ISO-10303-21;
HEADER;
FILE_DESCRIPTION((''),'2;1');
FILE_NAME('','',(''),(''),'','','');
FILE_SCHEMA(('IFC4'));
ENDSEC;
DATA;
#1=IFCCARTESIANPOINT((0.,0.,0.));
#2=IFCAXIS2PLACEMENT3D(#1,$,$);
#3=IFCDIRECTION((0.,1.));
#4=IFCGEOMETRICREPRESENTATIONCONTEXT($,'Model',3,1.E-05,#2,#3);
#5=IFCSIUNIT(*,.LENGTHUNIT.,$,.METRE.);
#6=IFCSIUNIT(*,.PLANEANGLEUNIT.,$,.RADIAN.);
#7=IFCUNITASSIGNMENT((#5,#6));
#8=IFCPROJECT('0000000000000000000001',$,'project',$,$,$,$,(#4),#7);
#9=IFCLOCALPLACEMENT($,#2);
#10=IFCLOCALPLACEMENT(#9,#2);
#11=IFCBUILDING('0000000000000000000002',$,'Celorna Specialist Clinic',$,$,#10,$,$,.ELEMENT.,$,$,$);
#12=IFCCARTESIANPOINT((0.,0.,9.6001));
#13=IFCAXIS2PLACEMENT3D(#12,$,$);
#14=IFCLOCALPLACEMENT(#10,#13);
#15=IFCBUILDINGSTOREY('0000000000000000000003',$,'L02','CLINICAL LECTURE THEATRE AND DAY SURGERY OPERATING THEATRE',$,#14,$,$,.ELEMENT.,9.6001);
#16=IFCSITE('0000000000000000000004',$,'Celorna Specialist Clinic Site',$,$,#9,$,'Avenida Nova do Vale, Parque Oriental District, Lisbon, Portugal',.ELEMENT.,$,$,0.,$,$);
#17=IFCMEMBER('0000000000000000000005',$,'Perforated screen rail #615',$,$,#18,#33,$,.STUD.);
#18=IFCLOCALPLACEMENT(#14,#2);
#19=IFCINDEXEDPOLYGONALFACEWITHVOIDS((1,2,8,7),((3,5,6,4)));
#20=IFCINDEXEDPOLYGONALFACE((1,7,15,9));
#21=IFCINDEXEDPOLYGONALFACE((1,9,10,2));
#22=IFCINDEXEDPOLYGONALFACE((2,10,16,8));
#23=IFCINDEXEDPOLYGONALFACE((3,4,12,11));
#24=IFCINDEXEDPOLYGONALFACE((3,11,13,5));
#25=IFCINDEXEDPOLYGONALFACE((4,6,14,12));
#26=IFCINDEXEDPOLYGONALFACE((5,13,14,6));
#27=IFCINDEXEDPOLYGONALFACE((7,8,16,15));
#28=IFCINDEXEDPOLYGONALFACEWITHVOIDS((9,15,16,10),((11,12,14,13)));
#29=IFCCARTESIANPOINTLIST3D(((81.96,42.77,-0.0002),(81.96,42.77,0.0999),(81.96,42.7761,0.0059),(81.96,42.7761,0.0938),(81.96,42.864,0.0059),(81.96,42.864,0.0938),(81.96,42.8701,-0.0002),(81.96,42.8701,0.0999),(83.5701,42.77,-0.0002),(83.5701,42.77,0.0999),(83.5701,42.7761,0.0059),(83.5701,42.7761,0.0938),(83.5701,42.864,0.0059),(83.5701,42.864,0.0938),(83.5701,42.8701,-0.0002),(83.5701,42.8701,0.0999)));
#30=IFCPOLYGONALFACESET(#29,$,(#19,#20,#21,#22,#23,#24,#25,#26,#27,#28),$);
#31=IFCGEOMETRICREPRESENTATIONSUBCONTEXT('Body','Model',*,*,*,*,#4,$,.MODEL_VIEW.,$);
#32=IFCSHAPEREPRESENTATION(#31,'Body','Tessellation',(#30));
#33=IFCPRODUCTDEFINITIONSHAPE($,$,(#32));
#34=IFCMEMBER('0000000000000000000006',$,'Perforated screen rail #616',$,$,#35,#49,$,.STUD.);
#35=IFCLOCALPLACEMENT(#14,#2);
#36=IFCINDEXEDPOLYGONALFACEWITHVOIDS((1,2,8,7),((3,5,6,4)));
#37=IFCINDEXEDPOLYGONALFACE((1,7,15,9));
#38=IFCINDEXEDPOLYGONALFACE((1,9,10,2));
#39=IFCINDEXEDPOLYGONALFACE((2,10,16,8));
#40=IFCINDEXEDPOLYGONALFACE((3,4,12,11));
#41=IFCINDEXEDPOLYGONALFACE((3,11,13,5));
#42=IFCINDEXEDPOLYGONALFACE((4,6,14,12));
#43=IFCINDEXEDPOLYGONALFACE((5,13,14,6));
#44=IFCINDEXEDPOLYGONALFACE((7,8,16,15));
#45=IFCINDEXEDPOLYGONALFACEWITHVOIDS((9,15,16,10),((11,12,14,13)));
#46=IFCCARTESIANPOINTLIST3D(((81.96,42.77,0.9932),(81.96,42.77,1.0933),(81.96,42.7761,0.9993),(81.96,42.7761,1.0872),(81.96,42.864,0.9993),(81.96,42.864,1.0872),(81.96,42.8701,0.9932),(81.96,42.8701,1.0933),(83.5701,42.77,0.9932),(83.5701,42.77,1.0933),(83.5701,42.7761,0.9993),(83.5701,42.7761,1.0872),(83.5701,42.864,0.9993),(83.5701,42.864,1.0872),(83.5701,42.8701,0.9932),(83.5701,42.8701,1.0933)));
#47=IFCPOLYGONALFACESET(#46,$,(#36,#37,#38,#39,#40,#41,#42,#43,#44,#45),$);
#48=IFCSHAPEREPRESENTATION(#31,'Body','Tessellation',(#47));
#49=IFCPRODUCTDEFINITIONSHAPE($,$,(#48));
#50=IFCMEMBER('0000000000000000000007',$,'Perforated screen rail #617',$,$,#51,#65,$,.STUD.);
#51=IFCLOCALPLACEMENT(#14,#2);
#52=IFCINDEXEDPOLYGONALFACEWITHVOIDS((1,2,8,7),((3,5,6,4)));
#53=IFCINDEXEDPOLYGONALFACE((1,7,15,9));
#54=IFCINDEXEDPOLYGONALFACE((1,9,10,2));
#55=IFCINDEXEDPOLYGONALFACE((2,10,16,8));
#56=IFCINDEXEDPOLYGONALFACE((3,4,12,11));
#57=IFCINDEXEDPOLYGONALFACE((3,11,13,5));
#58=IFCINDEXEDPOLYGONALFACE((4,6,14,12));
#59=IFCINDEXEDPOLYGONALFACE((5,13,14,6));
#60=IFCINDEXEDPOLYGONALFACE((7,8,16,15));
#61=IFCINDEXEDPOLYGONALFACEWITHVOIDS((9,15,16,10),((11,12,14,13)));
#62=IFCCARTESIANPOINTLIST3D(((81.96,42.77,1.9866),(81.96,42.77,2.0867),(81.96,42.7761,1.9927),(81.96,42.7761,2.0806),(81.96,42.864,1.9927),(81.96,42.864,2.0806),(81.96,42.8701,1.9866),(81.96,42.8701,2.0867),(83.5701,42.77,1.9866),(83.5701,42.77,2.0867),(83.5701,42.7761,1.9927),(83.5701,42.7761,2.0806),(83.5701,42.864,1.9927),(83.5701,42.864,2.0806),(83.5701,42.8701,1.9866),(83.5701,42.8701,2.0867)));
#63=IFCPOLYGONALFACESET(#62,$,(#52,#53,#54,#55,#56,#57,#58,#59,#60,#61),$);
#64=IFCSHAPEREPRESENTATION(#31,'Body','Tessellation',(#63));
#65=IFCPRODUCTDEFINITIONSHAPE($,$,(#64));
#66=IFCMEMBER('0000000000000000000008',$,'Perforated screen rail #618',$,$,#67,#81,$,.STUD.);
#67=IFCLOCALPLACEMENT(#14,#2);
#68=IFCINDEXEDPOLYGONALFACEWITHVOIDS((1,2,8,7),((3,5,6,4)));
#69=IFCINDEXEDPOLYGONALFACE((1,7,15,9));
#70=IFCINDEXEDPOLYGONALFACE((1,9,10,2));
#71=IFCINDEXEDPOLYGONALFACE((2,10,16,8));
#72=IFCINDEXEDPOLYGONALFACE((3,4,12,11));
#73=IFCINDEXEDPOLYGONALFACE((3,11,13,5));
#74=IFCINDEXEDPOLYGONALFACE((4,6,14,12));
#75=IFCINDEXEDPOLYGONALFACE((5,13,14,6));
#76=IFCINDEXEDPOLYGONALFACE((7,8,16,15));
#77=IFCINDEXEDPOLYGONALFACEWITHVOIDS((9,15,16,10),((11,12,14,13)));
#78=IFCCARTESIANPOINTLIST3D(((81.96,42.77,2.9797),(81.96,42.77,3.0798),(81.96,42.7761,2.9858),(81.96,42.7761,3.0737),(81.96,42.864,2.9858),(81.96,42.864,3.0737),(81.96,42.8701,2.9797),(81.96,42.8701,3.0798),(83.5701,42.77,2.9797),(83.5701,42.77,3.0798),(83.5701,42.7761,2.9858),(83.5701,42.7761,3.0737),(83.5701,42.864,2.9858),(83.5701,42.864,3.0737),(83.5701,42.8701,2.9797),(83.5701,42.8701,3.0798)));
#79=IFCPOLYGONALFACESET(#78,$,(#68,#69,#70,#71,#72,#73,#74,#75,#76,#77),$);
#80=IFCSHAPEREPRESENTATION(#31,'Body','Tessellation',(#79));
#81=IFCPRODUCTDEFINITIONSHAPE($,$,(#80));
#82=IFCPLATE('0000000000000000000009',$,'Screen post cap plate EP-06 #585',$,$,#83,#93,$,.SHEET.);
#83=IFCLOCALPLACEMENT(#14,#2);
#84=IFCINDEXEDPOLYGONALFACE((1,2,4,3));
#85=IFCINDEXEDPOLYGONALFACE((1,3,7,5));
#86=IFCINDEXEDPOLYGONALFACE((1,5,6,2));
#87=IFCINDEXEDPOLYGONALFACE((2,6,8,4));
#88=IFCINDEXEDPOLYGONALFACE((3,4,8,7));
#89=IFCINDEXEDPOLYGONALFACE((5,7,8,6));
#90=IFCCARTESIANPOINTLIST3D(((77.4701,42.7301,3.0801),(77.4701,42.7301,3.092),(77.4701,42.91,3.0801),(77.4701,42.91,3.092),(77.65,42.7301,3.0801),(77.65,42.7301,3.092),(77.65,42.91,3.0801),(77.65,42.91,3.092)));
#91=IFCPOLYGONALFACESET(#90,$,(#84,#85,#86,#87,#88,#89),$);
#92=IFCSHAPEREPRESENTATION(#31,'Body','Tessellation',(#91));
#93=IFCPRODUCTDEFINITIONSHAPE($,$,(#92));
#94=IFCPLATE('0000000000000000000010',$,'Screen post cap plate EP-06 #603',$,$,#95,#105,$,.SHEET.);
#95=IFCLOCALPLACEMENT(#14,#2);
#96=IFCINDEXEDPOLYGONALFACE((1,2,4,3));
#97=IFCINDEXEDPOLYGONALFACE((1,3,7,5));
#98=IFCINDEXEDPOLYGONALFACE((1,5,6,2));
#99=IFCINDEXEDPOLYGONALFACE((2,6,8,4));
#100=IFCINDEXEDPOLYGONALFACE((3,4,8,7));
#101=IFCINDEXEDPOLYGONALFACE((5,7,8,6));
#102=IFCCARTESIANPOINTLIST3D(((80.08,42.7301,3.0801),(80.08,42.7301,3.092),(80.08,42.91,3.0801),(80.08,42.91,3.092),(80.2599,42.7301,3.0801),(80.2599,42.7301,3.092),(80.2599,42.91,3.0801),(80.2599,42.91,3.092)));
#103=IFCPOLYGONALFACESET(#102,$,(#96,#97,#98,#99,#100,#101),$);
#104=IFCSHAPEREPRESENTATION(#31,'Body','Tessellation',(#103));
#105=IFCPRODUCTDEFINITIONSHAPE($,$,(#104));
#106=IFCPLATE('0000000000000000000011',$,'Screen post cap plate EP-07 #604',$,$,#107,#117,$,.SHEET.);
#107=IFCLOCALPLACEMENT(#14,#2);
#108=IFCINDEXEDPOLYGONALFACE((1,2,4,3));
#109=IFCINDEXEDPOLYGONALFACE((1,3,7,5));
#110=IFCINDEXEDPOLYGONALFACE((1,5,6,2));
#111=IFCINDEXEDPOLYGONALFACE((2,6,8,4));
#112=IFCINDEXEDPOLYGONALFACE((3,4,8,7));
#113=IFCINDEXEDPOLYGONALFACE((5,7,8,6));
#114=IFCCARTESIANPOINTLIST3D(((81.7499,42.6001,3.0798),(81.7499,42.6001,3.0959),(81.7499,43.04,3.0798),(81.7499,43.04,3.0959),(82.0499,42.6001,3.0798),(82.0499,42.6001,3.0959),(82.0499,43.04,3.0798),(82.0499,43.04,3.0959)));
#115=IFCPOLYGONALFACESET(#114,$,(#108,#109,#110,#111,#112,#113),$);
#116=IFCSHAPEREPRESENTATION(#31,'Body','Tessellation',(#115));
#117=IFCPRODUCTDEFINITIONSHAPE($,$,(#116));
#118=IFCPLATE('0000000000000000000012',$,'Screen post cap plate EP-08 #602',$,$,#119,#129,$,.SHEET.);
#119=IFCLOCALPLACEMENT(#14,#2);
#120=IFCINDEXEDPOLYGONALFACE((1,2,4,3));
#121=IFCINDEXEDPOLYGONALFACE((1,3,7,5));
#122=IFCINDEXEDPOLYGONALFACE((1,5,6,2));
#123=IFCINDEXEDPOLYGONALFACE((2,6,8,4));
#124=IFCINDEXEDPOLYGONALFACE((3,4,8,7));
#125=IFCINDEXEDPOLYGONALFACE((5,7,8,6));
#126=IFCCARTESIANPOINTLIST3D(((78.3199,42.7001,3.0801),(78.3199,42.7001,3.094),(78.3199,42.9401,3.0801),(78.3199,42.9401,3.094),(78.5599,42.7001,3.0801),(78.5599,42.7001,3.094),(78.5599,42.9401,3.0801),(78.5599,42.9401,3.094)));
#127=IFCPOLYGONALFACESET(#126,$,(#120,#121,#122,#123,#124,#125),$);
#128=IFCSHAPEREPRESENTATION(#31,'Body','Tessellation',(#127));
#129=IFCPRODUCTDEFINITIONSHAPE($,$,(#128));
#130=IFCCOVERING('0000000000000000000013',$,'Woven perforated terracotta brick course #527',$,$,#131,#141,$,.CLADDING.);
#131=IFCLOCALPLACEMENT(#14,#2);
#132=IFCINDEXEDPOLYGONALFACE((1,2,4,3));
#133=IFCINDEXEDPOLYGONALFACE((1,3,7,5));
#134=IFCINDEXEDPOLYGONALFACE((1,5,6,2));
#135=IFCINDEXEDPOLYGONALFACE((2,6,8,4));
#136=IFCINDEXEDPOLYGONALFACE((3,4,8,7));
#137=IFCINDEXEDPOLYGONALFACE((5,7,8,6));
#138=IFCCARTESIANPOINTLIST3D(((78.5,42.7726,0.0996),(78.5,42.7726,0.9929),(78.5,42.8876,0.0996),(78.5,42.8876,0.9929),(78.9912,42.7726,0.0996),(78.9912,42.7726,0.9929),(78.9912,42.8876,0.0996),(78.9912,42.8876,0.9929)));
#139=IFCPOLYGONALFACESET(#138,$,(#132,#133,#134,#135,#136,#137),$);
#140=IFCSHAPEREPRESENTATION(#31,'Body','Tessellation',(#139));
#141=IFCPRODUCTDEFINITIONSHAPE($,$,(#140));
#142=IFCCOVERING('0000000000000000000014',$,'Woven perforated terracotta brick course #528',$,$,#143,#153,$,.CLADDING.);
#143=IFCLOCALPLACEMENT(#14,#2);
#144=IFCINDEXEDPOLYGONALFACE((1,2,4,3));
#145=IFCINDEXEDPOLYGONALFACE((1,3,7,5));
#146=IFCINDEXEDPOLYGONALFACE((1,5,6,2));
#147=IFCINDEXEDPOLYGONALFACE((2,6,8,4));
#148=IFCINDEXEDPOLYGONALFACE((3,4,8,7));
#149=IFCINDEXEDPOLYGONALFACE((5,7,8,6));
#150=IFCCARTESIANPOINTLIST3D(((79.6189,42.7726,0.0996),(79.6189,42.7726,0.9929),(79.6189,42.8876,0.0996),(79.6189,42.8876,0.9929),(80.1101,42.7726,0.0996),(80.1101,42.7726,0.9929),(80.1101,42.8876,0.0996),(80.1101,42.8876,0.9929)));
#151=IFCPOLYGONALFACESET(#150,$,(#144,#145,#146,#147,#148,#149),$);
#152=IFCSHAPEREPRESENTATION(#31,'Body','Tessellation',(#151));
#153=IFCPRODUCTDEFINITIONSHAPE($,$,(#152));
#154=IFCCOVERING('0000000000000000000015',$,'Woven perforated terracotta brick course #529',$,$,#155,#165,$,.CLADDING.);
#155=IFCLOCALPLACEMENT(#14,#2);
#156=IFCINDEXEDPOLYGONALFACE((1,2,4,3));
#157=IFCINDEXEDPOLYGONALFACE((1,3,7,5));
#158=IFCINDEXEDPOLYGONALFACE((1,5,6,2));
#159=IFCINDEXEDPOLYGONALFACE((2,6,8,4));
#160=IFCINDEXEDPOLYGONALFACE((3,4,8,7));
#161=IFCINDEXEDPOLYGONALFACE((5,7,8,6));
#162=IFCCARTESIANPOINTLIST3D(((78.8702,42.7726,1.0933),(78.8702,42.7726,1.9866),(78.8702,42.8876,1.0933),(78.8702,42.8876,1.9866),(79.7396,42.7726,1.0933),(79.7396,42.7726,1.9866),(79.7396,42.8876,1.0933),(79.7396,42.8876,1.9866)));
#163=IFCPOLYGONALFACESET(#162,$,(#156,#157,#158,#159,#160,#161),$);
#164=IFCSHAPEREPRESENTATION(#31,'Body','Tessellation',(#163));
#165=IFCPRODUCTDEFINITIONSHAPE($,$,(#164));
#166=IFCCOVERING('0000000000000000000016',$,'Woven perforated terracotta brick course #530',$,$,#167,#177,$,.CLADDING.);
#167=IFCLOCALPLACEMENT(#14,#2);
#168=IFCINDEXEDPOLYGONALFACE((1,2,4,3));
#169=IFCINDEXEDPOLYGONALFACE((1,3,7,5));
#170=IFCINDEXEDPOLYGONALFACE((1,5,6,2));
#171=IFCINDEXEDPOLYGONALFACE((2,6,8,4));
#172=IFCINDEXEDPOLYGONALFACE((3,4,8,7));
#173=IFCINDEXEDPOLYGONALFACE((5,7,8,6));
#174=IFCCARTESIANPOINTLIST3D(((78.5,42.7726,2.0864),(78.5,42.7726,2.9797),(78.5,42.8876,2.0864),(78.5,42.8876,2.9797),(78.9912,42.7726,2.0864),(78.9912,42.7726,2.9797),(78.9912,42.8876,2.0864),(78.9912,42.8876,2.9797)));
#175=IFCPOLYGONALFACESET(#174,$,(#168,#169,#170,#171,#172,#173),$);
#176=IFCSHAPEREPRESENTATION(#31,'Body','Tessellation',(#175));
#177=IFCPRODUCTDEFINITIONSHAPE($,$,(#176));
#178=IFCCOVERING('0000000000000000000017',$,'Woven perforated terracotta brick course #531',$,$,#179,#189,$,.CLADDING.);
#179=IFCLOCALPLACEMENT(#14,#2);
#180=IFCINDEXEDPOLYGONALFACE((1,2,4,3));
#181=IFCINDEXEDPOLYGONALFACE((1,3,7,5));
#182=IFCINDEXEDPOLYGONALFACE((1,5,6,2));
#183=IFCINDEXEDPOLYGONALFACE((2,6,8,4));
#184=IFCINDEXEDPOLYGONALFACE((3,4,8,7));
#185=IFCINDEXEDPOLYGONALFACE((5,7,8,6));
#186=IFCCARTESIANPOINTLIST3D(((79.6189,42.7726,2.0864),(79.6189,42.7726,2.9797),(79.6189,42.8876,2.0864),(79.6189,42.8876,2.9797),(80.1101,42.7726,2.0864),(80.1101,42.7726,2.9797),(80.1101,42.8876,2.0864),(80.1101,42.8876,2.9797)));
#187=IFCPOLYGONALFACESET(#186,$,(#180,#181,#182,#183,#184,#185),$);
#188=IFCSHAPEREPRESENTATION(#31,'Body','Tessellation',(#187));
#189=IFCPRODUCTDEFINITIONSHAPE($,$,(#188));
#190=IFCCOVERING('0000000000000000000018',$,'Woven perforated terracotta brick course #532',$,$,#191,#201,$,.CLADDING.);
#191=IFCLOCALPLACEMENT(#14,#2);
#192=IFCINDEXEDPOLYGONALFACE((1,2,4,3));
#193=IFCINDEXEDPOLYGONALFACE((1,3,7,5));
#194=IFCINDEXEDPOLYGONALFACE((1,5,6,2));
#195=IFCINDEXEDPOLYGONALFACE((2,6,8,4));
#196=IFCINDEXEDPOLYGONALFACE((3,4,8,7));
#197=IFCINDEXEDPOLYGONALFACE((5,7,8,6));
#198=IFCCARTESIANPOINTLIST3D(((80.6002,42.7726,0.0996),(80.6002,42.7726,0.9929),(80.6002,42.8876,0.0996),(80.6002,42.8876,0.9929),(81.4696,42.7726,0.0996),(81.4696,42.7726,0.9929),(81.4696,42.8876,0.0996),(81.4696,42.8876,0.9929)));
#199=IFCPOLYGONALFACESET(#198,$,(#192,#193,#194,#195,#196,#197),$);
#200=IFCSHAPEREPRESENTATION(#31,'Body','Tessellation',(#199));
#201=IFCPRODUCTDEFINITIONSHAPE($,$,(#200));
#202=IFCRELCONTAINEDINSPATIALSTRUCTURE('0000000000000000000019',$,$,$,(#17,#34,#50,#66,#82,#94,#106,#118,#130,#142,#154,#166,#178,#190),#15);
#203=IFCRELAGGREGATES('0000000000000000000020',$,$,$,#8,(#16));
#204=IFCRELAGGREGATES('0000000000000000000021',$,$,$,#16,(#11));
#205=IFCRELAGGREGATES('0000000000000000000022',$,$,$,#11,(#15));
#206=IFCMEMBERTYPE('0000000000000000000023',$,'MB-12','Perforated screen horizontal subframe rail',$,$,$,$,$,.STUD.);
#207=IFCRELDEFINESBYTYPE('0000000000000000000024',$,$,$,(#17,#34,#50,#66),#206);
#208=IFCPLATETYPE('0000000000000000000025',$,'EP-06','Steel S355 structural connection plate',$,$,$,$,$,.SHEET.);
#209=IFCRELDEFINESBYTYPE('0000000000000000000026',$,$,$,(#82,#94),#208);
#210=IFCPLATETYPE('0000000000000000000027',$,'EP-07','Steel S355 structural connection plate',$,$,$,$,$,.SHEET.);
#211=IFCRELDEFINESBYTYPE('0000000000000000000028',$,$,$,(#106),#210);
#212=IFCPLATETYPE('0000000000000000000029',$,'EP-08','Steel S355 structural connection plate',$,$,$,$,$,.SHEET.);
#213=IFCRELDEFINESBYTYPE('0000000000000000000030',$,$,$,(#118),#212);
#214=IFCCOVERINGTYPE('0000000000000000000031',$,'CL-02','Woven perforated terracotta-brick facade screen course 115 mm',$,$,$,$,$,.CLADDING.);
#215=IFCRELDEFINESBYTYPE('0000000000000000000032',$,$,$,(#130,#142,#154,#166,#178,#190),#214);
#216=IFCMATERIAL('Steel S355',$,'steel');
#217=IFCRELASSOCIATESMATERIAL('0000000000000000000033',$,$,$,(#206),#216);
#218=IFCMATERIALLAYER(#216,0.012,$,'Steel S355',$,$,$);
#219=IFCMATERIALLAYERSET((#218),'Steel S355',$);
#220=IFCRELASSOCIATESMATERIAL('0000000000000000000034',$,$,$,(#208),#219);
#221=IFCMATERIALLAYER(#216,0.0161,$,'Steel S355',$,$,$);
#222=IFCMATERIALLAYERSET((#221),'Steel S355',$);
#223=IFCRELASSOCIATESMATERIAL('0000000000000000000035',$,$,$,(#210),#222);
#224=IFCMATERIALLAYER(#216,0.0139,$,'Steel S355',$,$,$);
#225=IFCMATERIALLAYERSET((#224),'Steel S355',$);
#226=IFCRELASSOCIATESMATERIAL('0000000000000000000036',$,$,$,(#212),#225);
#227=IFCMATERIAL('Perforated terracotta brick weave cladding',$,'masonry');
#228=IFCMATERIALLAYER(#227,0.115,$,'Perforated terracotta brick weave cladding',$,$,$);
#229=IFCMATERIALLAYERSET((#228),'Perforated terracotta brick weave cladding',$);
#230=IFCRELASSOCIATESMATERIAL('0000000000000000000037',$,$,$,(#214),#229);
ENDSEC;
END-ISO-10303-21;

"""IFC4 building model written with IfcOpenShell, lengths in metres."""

from ifc_helpers import new_model, si_unit, direction, frame, origin, origin_2d, place, context, subcontext, project, spatial, rectangle, hollow_rectangle, extrude, material, layer, layer_set, material_profile, profile_set, type_object, element, save


model = new_model("IFC4")

# Units and contexts
model_context = context("Model", 3, precision=1e-05, world=origin(), true_north=direction((0.0, 1.0)))
body_context = subcontext(model_context, "Body", "Model", "MODEL_VIEW")
ifc_project = project(units=[si_unit("LENGTHUNIT", "METRE"), si_unit("PLANEANGLEUNIT", "RADIAN")], contexts=[model_context])

# Site, building, storey
site_placement = place(None, origin())
site = spatial("IfcSite", under=ifc_project, at=site_placement, Name="Celorna Specialist Clinic Site", LongName="Avenida Nova do Vale, Parque Oriental District, Lisbon, Portugal", CompositionType="ELEMENT", RefElevation=0.0)
building_placement = place(site_placement, origin())
building = spatial("IfcBuilding", under=site, at=building_placement, Name="Celorna Specialist Clinic", CompositionType="ELEMENT")
storey_placement = place(building_placement, frame((0.0, 0.0, 9.6001)))
storey = spatial("IfcBuildingStorey", under=building, at=storey_placement, Name="L02", Description="CLINICAL LECTURE THEATRE AND DAY SURGERY OPERATING THEATRE", CompositionType="ELEMENT", Elevation=9.6001)

# Shared definitions
ifc_material_1 = material(Name="Steel S355", Category="steel")

# Members
ifc_material_profile_1 = material_profile(ifc_material_1, hollow_rectangle(XDim=0.1001, YDim=0.1001, WallThickness=0.0061, at=origin_2d()), Name="SHS 100x100x6")
ifc_profile_set_1 = profile_set([ifc_material_profile_1], Name="Steel S355")
member_type_1 = type_object("IfcMemberType", Name="MB-12", Description="Perforated screen horizontal subframe rail", PredefinedType="STUD", material=ifc_profile_set_1)
for number, where, z_axis, x_axis, name in (
    (1, (81.96, 42.8201, 0.0498), (1.0, 0.0, 0.0), (0.0, 1.0, 0.0), "Perforated screen rail #615"),
    (2, (81.96, 42.8201, 1.0432), (1.0, 0.0, 0.0), (0.0, 1.0, 0.0), "Perforated screen rail #616"),
    (3, (81.96, 42.8201, 2.0366), (1.0, 0.0, 0.0), (0.0, 1.0, 0.0), "Perforated screen rail #617"),
    (4, (81.96, 42.8201, 3.0298), (1.0, 0.0, 0.0), (0.0, 1.0, 0.0), "Perforated screen rail #618"),
):
    element("IfcMember", number, at=place(storey_placement, frame(where, z_axis=z_axis, x_axis=x_axis)), inside=storey, type_object=member_type_1, Name=name, PredefinedType="STUD", context=body_context, shape_type="SweptSolid", body=[
        extrude(hollow_rectangle(XDim=0.1001, YDim=0.1001, WallThickness=0.0061, at=origin_2d()), origin(), (0.0, 0.0, 1.0), 1.6101),
    ])

# Plates
ifc_layer_1 = layer(ifc_material_1, 0.012, Name="Steel S355")
ifc_layer_set_1 = layer_set([ifc_layer_1], Name="Steel S355")
plate_type_1 = type_object("IfcPlateType", Name="EP-06", Description="Steel S355 structural connection plate", PredefinedType="SHEET", material=ifc_layer_set_1)
for number, where, z_axis, x_axis, name in (
    (5, (77.5601, 42.8201, 3.0801), (0.0, 0.0, 1.0), (1.0, 0.0, 0.0), "Screen post cap plate EP-06 #585"),
    (6, (80.1699, 42.8201, 3.0801), (0.0, 0.0, 1.0), (1.0, 0.0, 0.0), "Screen post cap plate EP-06 #603"),
):
    element("IfcPlate", number, at=place(storey_placement, frame(where, z_axis=z_axis, x_axis=x_axis)), inside=storey, type_object=plate_type_1, Name=name, PredefinedType="SHEET", context=body_context, shape_type="SweptSolid", body=[
        extrude(rectangle(XDim=0.1799, YDim=0.1799, at=origin_2d()), origin(), (0.0, 0.0, 1.0), 0.012),
    ])
ifc_layer_2 = layer(ifc_material_1, 0.0161, Name="Steel S355")
ifc_layer_set_2 = layer_set([ifc_layer_2], Name="Steel S355")
plate_type_2 = type_object("IfcPlateType", Name="EP-07", Description="Steel S355 structural connection plate", PredefinedType="SHEET", material=ifc_layer_set_2)
plate_1_placement = place(storey_placement, frame((81.8999, 42.8201, 3.0798), z_axis=(0.0, 0.0, 1.0), x_axis=(1.0, 0.0, 0.0)))
element("IfcPlate", 7, at=plate_1_placement, inside=storey, type_object=plate_type_2, Name="Screen post cap plate EP-07 #604", PredefinedType="SHEET", context=body_context, shape_type="SweptSolid", body=[
    extrude(rectangle(XDim=0.3, YDim=0.4399, at=origin_2d()), origin(), (0.0, 0.0, 1.0), 0.0161),
])
ifc_layer_3 = layer(ifc_material_1, 0.0139, Name="Steel S355")
ifc_layer_set_3 = layer_set([ifc_layer_3], Name="Steel S355")
plate_type_3 = type_object("IfcPlateType", Name="EP-08", Description="Steel S355 structural connection plate", PredefinedType="SHEET", material=ifc_layer_set_3)
plate_2_placement = place(storey_placement, frame((78.4399, 42.8201, 3.0801), z_axis=(0.0, 0.0, 1.0), x_axis=(1.0, 0.0, 0.0)))
element("IfcPlate", 8, at=plate_2_placement, inside=storey, type_object=plate_type_3, Name="Screen post cap plate EP-08 #602", PredefinedType="SHEET", context=body_context, shape_type="SweptSolid", body=[
    extrude(rectangle(XDim=0.24, YDim=0.24, at=origin_2d()), origin(), (0.0, 0.0, 1.0), 0.0139),
])

# Coverings
ifc_material_2 = material(Name="Perforated terracotta brick weave cladding", Category="masonry")
ifc_layer_4 = layer(ifc_material_2, 0.115, Name="Perforated terracotta brick weave cladding")
ifc_layer_set_4 = layer_set([ifc_layer_4], Name="Perforated terracotta brick weave cladding")
covering_type = type_object("IfcCoveringType", Name="CL-02", Description="Woven perforated terracotta-brick facade screen course 115 mm", PredefinedType="CLADDING", material=ifc_layer_set_4)
for number, where, z_axis, x_axis, name in (
    (9, (78.7456, 42.8301, 0.0996), (0.0, 0.0, 1.0), (1.0, 0.0, 0.0), "Woven perforated terracotta brick course #527"),
    (10, (79.8645, 42.8301, 0.0996), (0.0, 0.0, 1.0), (1.0, 0.0, 0.0), "Woven perforated terracotta brick course #528"),
):
    element("IfcCovering", number, at=place(storey_placement, frame(where, z_axis=z_axis, x_axis=x_axis)), inside=storey, type_object=covering_type, Name=name, PredefinedType="CLADDING", context=body_context, shape_type="SweptSolid", body=[
        extrude(rectangle(XDim=0.4912, YDim=0.115, at=origin_2d()), origin(), (0.0, 0.0, 1.0), 0.8933),
    ])
covering_1_placement = place(storey_placement, frame((79.3049, 42.8301, 1.0933), z_axis=(0.0, 0.0, 1.0), x_axis=(1.0, 0.0, 0.0)))
element("IfcCovering", 11, at=covering_1_placement, inside=storey, type_object=covering_type, Name="Woven perforated terracotta brick course #529", PredefinedType="CLADDING", context=body_context, shape_type="SweptSolid", body=[
    extrude(rectangle(XDim=0.8694, YDim=0.115, at=origin_2d()), origin(), (0.0, 0.0, 1.0), 0.8933),
])
for number, where, z_axis, x_axis, name in (
    (12, (78.7456, 42.8301, 2.0864), (0.0, 0.0, 1.0), (1.0, 0.0, 0.0), "Woven perforated terracotta brick course #530"),
    (13, (79.8645, 42.8301, 2.0864), (0.0, 0.0, 1.0), (1.0, 0.0, 0.0), "Woven perforated terracotta brick course #531"),
):
    element("IfcCovering", number, at=place(storey_placement, frame(where, z_axis=z_axis, x_axis=x_axis)), inside=storey, type_object=covering_type, Name=name, PredefinedType="CLADDING", context=body_context, shape_type="SweptSolid", body=[
        extrude(rectangle(XDim=0.4912, YDim=0.115, at=origin_2d()), origin(), (0.0, 0.0, 1.0), 0.8933),
    ])
covering_2_placement = place(storey_placement, frame((81.0349, 42.8301, 0.0996), z_axis=(0.0, 0.0, 1.0), x_axis=(1.0, 0.0, 0.0)))
element("IfcCovering", 14, at=covering_2_placement, inside=storey, type_object=covering_type, Name="Woven perforated terracotta brick course #532", PredefinedType="CLADDING", context=body_context, shape_type="SweptSolid", body=[
    extrude(rectangle(XDim=0.8694, YDim=0.115, at=origin_2d()), origin(), (0.0, 0.0, 1.0), 0.8933),
])

save(model, "model.ifc")
